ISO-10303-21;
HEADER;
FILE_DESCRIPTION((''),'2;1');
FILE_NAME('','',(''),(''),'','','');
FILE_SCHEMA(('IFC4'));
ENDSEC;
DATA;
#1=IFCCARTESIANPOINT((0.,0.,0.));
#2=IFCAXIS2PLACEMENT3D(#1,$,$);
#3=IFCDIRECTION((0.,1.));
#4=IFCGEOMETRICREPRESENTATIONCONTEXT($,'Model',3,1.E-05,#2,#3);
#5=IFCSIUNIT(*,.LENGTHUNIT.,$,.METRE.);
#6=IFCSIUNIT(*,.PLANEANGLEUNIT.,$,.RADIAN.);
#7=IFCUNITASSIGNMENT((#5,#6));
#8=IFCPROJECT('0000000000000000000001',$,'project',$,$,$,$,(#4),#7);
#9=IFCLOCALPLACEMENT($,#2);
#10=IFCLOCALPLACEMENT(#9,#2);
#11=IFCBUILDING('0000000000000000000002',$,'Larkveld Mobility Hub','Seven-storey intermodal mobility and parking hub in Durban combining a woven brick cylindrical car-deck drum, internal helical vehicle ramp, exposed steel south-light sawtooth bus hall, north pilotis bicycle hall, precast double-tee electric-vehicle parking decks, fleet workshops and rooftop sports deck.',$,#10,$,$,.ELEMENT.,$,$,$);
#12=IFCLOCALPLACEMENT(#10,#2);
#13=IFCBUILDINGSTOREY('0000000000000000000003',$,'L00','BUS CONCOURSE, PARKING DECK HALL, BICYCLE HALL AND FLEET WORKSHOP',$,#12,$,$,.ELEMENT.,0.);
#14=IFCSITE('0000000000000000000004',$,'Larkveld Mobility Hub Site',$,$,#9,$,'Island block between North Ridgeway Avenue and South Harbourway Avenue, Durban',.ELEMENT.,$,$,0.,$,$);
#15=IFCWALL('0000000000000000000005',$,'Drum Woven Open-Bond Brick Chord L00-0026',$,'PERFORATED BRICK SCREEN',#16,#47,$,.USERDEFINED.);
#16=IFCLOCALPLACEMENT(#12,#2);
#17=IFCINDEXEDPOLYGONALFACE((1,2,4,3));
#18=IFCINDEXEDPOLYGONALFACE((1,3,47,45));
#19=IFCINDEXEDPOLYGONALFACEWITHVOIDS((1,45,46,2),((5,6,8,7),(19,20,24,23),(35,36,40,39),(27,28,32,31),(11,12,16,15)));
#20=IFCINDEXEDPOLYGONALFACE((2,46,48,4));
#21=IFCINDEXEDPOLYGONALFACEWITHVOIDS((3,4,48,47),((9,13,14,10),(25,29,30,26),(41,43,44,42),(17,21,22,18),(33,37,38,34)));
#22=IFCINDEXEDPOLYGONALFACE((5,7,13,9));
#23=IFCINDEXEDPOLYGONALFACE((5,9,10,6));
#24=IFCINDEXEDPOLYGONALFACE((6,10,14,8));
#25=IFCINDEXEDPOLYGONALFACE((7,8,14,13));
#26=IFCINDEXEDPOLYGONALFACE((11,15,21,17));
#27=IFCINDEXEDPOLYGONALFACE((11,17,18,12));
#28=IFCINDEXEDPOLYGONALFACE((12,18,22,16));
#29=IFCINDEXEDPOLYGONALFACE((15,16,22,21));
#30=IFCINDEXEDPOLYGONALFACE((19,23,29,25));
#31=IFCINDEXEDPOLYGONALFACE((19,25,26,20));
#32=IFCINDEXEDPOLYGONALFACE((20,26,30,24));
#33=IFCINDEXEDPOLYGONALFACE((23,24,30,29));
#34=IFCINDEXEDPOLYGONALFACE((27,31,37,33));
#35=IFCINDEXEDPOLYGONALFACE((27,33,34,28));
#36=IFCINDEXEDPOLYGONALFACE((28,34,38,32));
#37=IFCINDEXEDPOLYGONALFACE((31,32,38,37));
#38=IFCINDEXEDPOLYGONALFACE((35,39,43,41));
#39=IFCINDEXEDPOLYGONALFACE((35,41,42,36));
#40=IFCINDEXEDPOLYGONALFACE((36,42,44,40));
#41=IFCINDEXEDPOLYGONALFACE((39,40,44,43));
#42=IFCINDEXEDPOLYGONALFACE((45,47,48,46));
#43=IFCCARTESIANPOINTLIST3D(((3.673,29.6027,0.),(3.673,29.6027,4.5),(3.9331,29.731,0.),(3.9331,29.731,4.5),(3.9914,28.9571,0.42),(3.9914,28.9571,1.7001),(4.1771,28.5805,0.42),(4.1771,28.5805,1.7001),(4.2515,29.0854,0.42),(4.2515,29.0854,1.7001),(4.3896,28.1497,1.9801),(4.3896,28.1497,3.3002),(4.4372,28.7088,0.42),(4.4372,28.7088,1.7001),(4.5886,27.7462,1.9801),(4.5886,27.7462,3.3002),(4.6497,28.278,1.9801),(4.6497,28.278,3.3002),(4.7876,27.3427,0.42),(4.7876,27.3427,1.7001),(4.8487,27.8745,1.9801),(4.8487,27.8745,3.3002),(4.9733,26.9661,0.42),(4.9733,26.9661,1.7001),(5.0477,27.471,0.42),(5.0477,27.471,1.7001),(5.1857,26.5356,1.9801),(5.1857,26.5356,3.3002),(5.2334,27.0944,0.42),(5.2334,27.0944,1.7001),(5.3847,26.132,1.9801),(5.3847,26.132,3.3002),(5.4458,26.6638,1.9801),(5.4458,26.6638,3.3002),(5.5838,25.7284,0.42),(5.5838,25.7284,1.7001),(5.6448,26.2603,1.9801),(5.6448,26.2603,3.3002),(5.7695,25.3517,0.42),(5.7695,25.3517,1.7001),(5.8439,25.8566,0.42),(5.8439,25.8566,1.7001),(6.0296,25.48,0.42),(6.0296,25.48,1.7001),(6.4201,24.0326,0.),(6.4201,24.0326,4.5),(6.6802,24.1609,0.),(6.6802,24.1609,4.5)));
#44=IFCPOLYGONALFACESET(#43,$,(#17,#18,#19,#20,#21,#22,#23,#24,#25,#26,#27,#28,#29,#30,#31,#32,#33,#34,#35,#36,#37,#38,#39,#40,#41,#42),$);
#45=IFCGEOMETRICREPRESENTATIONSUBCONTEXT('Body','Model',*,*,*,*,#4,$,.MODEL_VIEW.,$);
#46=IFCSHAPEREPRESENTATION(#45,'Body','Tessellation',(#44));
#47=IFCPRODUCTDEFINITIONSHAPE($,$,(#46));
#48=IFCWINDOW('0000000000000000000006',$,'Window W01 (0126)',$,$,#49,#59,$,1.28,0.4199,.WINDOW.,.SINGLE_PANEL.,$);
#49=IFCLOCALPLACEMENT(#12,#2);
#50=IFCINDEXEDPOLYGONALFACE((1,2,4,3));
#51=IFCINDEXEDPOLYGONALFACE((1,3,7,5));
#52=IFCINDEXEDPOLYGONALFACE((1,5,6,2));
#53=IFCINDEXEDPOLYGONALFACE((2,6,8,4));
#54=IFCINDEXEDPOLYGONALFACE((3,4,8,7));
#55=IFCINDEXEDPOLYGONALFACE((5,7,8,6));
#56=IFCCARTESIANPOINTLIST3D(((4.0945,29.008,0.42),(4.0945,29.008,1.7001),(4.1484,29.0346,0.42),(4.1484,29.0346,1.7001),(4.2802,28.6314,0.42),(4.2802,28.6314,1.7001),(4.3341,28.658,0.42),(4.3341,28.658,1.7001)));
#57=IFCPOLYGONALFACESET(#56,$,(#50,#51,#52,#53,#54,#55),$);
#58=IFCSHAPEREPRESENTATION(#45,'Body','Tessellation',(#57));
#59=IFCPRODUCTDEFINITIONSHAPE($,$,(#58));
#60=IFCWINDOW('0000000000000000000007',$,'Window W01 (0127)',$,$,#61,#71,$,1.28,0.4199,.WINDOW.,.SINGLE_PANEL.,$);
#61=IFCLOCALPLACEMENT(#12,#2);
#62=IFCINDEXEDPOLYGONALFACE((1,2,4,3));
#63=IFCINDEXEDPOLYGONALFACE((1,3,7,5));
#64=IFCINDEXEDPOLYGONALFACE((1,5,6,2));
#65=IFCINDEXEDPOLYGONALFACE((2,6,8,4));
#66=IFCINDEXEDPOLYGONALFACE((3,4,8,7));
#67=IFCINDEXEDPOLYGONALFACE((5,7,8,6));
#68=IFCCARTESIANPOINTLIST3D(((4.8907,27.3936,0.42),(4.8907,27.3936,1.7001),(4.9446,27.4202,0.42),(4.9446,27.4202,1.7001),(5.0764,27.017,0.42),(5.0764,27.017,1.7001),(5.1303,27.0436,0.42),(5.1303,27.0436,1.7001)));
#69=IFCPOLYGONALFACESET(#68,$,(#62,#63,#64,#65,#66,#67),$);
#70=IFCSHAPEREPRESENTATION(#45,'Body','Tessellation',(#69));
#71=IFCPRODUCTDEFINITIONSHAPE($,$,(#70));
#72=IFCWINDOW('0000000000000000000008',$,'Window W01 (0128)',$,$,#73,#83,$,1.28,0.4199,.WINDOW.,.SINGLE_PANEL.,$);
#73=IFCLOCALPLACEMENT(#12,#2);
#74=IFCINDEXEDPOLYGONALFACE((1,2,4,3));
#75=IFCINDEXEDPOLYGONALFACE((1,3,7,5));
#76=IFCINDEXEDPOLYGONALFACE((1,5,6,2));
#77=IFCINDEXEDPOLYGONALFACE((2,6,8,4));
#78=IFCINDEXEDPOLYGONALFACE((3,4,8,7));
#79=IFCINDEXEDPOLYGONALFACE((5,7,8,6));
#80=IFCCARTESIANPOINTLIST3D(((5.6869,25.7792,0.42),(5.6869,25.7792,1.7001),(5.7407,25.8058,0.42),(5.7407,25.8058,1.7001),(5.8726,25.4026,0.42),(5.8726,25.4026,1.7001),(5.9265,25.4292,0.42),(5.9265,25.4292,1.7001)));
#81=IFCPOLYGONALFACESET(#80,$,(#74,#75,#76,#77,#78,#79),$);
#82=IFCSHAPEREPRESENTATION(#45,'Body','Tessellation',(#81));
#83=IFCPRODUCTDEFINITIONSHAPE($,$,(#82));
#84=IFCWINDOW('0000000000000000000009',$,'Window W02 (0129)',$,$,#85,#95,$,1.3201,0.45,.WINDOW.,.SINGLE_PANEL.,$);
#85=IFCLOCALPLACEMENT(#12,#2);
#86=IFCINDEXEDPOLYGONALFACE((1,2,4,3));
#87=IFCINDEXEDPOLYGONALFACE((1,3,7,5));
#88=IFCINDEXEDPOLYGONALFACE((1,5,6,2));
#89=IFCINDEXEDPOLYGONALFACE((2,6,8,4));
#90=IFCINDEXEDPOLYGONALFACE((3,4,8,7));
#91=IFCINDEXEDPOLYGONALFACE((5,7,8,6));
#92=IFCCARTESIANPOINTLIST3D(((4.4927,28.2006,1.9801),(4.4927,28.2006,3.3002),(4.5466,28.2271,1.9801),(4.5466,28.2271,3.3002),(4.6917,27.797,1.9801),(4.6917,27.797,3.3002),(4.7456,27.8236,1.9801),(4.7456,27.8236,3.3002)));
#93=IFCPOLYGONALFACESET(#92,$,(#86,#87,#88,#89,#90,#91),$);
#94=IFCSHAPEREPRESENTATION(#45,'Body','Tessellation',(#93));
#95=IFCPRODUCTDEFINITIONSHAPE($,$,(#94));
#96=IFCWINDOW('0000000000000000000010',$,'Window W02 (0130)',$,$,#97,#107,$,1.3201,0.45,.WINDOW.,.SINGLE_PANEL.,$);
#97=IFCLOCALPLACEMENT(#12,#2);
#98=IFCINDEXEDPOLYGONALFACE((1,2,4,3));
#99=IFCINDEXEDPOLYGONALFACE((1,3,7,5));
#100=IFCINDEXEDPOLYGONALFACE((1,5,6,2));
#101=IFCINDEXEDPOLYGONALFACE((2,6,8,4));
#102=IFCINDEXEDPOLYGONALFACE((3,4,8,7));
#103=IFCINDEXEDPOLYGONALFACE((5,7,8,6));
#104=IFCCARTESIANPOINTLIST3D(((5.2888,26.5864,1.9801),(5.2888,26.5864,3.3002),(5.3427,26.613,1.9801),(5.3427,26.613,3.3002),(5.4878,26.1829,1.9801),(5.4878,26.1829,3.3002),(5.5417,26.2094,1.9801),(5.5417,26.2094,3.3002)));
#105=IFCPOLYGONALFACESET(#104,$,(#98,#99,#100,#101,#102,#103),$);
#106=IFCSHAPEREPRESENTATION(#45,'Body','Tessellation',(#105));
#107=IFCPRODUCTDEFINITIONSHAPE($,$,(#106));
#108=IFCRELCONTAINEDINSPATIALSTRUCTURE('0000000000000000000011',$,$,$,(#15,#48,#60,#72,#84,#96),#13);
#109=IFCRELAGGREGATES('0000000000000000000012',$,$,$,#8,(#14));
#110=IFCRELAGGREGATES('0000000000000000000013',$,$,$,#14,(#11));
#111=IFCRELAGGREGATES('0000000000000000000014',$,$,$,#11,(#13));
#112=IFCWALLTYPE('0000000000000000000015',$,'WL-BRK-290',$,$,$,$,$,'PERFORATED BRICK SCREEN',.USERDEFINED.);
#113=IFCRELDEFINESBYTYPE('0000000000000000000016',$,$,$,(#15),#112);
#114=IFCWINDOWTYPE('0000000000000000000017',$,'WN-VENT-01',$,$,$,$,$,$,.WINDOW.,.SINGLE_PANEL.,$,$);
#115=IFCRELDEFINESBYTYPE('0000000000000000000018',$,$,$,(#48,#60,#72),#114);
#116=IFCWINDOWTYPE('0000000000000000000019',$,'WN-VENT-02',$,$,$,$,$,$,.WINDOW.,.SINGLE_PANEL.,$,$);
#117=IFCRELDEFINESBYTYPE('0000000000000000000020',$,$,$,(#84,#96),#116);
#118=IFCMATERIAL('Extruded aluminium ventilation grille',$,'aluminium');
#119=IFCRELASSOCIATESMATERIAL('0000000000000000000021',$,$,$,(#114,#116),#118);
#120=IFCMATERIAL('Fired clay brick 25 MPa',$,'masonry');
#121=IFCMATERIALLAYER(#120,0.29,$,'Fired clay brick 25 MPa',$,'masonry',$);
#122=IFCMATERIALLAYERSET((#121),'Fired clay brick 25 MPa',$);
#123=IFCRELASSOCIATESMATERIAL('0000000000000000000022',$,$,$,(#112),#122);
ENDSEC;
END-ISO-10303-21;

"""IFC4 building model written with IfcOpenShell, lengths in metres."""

from ifc_helpers import new_model, si_unit, direction, frame, frame_2d, origin, place, context, subcontext, project, spatial, rectangle, extrude, material, layer, layer_set, type_object, element, fill, save


model = new_model("IFC4")

# Units and contexts
model_context = context("Model", 3, precision=1e-05, world=origin(), true_north=direction((0.0, 1.0)))
body_context = subcontext(model_context, "Body", "Model", "MODEL_VIEW")
ifc_project = project(units=[si_unit("LENGTHUNIT", "METRE"), si_unit("PLANEANGLEUNIT", "RADIAN")], contexts=[model_context])

# Site, building, storey
site_placement = place(None, origin())
site = spatial("IfcSite", under=ifc_project, at=site_placement, Name="Larkveld Mobility Hub Site", LongName="Island block between North Ridgeway Avenue and South Harbourway Avenue, Durban", CompositionType="ELEMENT", RefElevation=0.0)
building_placement = place(site_placement, origin())
building = spatial("IfcBuilding", under=site, at=building_placement, Name="Larkveld Mobility Hub", Description="Seven-storey intermodal mobility and parking hub in Durban combining a woven brick cylindrical car-deck drum, internal helical vehicle ramp, exposed steel south-light sawtooth bus hall, north pilotis bicycle hall, precast double-tee electric-vehicle parking decks, fleet workshops and rooftop sports deck.", CompositionType="ELEMENT")
storey_placement = place(building_placement, origin())
storey = spatial("IfcBuildingStorey", under=building, at=storey_placement, Name="L00", Description="BUS CONCOURSE, PARKING DECK HALL, BICYCLE HALL AND FLEET WORKSHOP", CompositionType="ELEMENT", Elevation=0.0)

# Wall, openings, windows
ifc_material_1 = material(Name="Fired clay brick 25 MPa", Category="masonry")
ifc_material_2 = material(Name="Extruded aluminium ventilation grille", Category="aluminium")
window_type_1 = type_object("IfcWindowType", Name="WN-VENT-01", PartitioningType="SINGLE_PANEL", PredefinedType="WINDOW", material=ifc_material_2)
ifc_layer_1 = layer(ifc_material_1, 0.29, Name="Fired clay brick 25 MPa", Category="masonry")
ifc_layer_set_1 = layer_set([ifc_layer_1], Name="Fired clay brick 25 MPa")
wall_type_1 = type_object("IfcWallType", Name="WL-BRK-290", ElementType="PERFORATED BRICK SCREEN", PredefinedType="USERDEFINED", material=ifc_layer_set_1)
wall_1_placement = place(storey_placement, frame((3.803, 29.667, 0.0), z_axis=(0.0, 0.0, 1.0), x_axis=(0.442317, -0.896859, 0.0)))
wall_1 = element("IfcWall", 1, at=wall_1_placement, inside=storey, type_object=wall_type_1, Name="Drum Woven Open-Bond Brick Chord L00-0026", ObjectType="PERFORATED BRICK SCREEN", PredefinedType="USERDEFINED", context=body_context, shape_type="SweptSolid", body=[
    extrude(rectangle(XDim=6.2107, YDim=0.29, at=frame_2d((3.1055, 0.0))), origin(), (0.0, 0.0, 1.0), 4.5),
])
opening_1_placement = place(wall_1_placement, frame((0.72, 0.0, 0.4199)))
opening_1 = element("IfcOpeningElement", 2, at=opening_1_placement, cuts=wall_1, PredefinedType="OPENING", context=body_context, shape_type="SweptSolid", body=[
    extrude(rectangle(XDim=0.4199, YDim=1.28, at=frame_2d((0.21, 0.6401))), frame((0.0, 0.155, 0.0), z_axis=(0.0, -1.0, 0.0), x_axis=(1.0, 0.0, 0.0)), (0.0, 0.0, 1.0), 0.3101),
])
opening_2_placement = place(wall_1_placement, frame((2.52, 0.0, 0.4199)))
opening_2 = element("IfcOpeningElement", 3, at=opening_2_placement, cuts=wall_1, PredefinedType="OPENING", context=body_context, shape_type="SweptSolid", body=[
    extrude(rectangle(XDim=0.4199, YDim=1.28, at=frame_2d((0.21, 0.6401))), frame((0.0, 0.155, 0.0), z_axis=(0.0, -1.0, 0.0), x_axis=(1.0, 0.0, 0.0)), (0.0, 0.0, 1.0), 0.3101),
])
opening_3_placement = place(wall_1_placement, frame((4.3201, 0.0, 0.4199)))
opening_3 = element("IfcOpeningElement", 4, at=opening_3_placement, cuts=wall_1, PredefinedType="OPENING", context=body_context, shape_type="SweptSolid", body=[
    extrude(rectangle(XDim=0.4199, YDim=1.28, at=frame_2d((0.21, 0.6401))), frame((0.0, 0.155, 0.0), z_axis=(0.0, -1.0, 0.0), x_axis=(1.0, 0.0, 0.0)), (0.0, 0.0, 1.0), 0.3101),
])
opening_4_placement = place(wall_1_placement, frame((1.6201, 0.0, 1.98)))
opening_4 = element("IfcOpeningElement", 5, at=opening_4_placement, cuts=wall_1, PredefinedType="OPENING", context=body_context, shape_type="SweptSolid", body=[
    extrude(rectangle(XDim=0.45, YDim=1.3201, at=frame_2d((0.2251, 0.6602))), frame((0.0, 0.155, 0.0), z_axis=(0.0, -1.0, 0.0), x_axis=(1.0, 0.0, 0.0)), (0.0, 0.0, 1.0), 0.3101),
])
opening_5_placement = place(wall_1_placement, frame((3.4199, 0.0, 1.98)))
opening_5 = element("IfcOpeningElement", 6, at=opening_5_placement, cuts=wall_1, PredefinedType="OPENING", context=body_context, shape_type="SweptSolid", body=[
    extrude(rectangle(XDim=0.45, YDim=1.3201, at=frame_2d((0.2251, 0.6602))), frame((0.0, 0.155, 0.0), z_axis=(0.0, -1.0, 0.0), x_axis=(1.0, 0.0, 0.0)), (0.0, 0.0, 1.0), 0.3101),
])
window_1_placement = place(opening_1_placement, origin())
window_1 = element("IfcWindow", 7, at=window_1_placement, inside=storey, type_object=window_type_1, Name="Window W01 (0126)", OverallHeight=1.28, OverallWidth=0.4199, PartitioningType="SINGLE_PANEL", PredefinedType="WINDOW", context=body_context, shape_type="SweptSolid", body=[
    extrude(rectangle(XDim=0.4199, YDim=1.28, at=frame_2d((0.21, 0.6401))), frame((0.0, 0.03, 0.0), z_axis=(0.0, -1.0, 0.0), x_axis=(1.0, 0.0, 0.0)), (0.0, 0.0, 1.0), 0.0601),
])
fill(opening_1, window_1)
window_2_placement = place(opening_2_placement, origin())
window_2 = element("IfcWindow", 8, at=window_2_placement, inside=storey, type_object=window_type_1, Name="Window W01 (0127)", OverallHeight=1.28, OverallWidth=0.4199, PartitioningType="SINGLE_PANEL", PredefinedType="WINDOW", context=body_context, shape_type="SweptSolid", body=[
    extrude(rectangle(XDim=0.4199, YDim=1.28, at=frame_2d((0.21, 0.6401))), frame((0.0, 0.03, 0.0), z_axis=(0.0, -1.0, 0.0), x_axis=(1.0, 0.0, 0.0)), (0.0, 0.0, 1.0), 0.0601),
])
fill(opening_2, window_2)
window_3_placement = place(opening_3_placement, origin())
window_3 = element("IfcWindow", 9, at=window_3_placement, inside=storey, type_object=window_type_1, Name="Window W01 (0128)", OverallHeight=1.28, OverallWidth=0.4199, PartitioningType="SINGLE_PANEL", PredefinedType="WINDOW", context=body_context, shape_type="SweptSolid", body=[
    extrude(rectangle(XDim=0.4199, YDim=1.28, at=frame_2d((0.21, 0.6401))), frame((0.0, 0.03, 0.0), z_axis=(0.0, -1.0, 0.0), x_axis=(1.0, 0.0, 0.0)), (0.0, 0.0, 1.0), 0.0601),
])
fill(opening_3, window_3)
window_type_2 = type_object("IfcWindowType", Name="WN-VENT-02", PartitioningType="SINGLE_PANEL", PredefinedType="WINDOW", material=ifc_material_2)
window_4_placement = place(opening_4_placement, origin())
window_4 = element("IfcWindow", 10, at=window_4_placement, inside=storey, type_object=window_type_2, Name="Window W02 (0129)", OverallHeight=1.3201, OverallWidth=0.45, PartitioningType="SINGLE_PANEL", PredefinedType="WINDOW", context=body_context, shape_type="SweptSolid", body=[
    extrude(rectangle(XDim=0.45, YDim=1.3201, at=frame_2d((0.2251, 0.6602))), frame((0.0, 0.03, 0.0), z_axis=(0.0, -1.0, 0.0), x_axis=(1.0, 0.0, 0.0)), (0.0, 0.0, 1.0), 0.0601),
])
fill(opening_4, window_4)
window_5_placement = place(opening_5_placement, origin())
window_5 = element("IfcWindow", 11, at=window_5_placement, inside=storey, type_object=window_type_2, Name="Window W02 (0130)", OverallHeight=1.3201, OverallWidth=0.45, PartitioningType="SINGLE_PANEL", PredefinedType="WINDOW", context=body_context, shape_type="SweptSolid", body=[
    extrude(rectangle(XDim=0.45, YDim=1.3201, at=frame_2d((0.2251, 0.6602))), frame((0.0, 0.03, 0.0), z_axis=(0.0, -1.0, 0.0), x_axis=(1.0, 0.0, 0.0)), (0.0, 0.0, 1.0), 0.0601),
])
fill(opening_5, window_5)

save(model, "model.ifc")
